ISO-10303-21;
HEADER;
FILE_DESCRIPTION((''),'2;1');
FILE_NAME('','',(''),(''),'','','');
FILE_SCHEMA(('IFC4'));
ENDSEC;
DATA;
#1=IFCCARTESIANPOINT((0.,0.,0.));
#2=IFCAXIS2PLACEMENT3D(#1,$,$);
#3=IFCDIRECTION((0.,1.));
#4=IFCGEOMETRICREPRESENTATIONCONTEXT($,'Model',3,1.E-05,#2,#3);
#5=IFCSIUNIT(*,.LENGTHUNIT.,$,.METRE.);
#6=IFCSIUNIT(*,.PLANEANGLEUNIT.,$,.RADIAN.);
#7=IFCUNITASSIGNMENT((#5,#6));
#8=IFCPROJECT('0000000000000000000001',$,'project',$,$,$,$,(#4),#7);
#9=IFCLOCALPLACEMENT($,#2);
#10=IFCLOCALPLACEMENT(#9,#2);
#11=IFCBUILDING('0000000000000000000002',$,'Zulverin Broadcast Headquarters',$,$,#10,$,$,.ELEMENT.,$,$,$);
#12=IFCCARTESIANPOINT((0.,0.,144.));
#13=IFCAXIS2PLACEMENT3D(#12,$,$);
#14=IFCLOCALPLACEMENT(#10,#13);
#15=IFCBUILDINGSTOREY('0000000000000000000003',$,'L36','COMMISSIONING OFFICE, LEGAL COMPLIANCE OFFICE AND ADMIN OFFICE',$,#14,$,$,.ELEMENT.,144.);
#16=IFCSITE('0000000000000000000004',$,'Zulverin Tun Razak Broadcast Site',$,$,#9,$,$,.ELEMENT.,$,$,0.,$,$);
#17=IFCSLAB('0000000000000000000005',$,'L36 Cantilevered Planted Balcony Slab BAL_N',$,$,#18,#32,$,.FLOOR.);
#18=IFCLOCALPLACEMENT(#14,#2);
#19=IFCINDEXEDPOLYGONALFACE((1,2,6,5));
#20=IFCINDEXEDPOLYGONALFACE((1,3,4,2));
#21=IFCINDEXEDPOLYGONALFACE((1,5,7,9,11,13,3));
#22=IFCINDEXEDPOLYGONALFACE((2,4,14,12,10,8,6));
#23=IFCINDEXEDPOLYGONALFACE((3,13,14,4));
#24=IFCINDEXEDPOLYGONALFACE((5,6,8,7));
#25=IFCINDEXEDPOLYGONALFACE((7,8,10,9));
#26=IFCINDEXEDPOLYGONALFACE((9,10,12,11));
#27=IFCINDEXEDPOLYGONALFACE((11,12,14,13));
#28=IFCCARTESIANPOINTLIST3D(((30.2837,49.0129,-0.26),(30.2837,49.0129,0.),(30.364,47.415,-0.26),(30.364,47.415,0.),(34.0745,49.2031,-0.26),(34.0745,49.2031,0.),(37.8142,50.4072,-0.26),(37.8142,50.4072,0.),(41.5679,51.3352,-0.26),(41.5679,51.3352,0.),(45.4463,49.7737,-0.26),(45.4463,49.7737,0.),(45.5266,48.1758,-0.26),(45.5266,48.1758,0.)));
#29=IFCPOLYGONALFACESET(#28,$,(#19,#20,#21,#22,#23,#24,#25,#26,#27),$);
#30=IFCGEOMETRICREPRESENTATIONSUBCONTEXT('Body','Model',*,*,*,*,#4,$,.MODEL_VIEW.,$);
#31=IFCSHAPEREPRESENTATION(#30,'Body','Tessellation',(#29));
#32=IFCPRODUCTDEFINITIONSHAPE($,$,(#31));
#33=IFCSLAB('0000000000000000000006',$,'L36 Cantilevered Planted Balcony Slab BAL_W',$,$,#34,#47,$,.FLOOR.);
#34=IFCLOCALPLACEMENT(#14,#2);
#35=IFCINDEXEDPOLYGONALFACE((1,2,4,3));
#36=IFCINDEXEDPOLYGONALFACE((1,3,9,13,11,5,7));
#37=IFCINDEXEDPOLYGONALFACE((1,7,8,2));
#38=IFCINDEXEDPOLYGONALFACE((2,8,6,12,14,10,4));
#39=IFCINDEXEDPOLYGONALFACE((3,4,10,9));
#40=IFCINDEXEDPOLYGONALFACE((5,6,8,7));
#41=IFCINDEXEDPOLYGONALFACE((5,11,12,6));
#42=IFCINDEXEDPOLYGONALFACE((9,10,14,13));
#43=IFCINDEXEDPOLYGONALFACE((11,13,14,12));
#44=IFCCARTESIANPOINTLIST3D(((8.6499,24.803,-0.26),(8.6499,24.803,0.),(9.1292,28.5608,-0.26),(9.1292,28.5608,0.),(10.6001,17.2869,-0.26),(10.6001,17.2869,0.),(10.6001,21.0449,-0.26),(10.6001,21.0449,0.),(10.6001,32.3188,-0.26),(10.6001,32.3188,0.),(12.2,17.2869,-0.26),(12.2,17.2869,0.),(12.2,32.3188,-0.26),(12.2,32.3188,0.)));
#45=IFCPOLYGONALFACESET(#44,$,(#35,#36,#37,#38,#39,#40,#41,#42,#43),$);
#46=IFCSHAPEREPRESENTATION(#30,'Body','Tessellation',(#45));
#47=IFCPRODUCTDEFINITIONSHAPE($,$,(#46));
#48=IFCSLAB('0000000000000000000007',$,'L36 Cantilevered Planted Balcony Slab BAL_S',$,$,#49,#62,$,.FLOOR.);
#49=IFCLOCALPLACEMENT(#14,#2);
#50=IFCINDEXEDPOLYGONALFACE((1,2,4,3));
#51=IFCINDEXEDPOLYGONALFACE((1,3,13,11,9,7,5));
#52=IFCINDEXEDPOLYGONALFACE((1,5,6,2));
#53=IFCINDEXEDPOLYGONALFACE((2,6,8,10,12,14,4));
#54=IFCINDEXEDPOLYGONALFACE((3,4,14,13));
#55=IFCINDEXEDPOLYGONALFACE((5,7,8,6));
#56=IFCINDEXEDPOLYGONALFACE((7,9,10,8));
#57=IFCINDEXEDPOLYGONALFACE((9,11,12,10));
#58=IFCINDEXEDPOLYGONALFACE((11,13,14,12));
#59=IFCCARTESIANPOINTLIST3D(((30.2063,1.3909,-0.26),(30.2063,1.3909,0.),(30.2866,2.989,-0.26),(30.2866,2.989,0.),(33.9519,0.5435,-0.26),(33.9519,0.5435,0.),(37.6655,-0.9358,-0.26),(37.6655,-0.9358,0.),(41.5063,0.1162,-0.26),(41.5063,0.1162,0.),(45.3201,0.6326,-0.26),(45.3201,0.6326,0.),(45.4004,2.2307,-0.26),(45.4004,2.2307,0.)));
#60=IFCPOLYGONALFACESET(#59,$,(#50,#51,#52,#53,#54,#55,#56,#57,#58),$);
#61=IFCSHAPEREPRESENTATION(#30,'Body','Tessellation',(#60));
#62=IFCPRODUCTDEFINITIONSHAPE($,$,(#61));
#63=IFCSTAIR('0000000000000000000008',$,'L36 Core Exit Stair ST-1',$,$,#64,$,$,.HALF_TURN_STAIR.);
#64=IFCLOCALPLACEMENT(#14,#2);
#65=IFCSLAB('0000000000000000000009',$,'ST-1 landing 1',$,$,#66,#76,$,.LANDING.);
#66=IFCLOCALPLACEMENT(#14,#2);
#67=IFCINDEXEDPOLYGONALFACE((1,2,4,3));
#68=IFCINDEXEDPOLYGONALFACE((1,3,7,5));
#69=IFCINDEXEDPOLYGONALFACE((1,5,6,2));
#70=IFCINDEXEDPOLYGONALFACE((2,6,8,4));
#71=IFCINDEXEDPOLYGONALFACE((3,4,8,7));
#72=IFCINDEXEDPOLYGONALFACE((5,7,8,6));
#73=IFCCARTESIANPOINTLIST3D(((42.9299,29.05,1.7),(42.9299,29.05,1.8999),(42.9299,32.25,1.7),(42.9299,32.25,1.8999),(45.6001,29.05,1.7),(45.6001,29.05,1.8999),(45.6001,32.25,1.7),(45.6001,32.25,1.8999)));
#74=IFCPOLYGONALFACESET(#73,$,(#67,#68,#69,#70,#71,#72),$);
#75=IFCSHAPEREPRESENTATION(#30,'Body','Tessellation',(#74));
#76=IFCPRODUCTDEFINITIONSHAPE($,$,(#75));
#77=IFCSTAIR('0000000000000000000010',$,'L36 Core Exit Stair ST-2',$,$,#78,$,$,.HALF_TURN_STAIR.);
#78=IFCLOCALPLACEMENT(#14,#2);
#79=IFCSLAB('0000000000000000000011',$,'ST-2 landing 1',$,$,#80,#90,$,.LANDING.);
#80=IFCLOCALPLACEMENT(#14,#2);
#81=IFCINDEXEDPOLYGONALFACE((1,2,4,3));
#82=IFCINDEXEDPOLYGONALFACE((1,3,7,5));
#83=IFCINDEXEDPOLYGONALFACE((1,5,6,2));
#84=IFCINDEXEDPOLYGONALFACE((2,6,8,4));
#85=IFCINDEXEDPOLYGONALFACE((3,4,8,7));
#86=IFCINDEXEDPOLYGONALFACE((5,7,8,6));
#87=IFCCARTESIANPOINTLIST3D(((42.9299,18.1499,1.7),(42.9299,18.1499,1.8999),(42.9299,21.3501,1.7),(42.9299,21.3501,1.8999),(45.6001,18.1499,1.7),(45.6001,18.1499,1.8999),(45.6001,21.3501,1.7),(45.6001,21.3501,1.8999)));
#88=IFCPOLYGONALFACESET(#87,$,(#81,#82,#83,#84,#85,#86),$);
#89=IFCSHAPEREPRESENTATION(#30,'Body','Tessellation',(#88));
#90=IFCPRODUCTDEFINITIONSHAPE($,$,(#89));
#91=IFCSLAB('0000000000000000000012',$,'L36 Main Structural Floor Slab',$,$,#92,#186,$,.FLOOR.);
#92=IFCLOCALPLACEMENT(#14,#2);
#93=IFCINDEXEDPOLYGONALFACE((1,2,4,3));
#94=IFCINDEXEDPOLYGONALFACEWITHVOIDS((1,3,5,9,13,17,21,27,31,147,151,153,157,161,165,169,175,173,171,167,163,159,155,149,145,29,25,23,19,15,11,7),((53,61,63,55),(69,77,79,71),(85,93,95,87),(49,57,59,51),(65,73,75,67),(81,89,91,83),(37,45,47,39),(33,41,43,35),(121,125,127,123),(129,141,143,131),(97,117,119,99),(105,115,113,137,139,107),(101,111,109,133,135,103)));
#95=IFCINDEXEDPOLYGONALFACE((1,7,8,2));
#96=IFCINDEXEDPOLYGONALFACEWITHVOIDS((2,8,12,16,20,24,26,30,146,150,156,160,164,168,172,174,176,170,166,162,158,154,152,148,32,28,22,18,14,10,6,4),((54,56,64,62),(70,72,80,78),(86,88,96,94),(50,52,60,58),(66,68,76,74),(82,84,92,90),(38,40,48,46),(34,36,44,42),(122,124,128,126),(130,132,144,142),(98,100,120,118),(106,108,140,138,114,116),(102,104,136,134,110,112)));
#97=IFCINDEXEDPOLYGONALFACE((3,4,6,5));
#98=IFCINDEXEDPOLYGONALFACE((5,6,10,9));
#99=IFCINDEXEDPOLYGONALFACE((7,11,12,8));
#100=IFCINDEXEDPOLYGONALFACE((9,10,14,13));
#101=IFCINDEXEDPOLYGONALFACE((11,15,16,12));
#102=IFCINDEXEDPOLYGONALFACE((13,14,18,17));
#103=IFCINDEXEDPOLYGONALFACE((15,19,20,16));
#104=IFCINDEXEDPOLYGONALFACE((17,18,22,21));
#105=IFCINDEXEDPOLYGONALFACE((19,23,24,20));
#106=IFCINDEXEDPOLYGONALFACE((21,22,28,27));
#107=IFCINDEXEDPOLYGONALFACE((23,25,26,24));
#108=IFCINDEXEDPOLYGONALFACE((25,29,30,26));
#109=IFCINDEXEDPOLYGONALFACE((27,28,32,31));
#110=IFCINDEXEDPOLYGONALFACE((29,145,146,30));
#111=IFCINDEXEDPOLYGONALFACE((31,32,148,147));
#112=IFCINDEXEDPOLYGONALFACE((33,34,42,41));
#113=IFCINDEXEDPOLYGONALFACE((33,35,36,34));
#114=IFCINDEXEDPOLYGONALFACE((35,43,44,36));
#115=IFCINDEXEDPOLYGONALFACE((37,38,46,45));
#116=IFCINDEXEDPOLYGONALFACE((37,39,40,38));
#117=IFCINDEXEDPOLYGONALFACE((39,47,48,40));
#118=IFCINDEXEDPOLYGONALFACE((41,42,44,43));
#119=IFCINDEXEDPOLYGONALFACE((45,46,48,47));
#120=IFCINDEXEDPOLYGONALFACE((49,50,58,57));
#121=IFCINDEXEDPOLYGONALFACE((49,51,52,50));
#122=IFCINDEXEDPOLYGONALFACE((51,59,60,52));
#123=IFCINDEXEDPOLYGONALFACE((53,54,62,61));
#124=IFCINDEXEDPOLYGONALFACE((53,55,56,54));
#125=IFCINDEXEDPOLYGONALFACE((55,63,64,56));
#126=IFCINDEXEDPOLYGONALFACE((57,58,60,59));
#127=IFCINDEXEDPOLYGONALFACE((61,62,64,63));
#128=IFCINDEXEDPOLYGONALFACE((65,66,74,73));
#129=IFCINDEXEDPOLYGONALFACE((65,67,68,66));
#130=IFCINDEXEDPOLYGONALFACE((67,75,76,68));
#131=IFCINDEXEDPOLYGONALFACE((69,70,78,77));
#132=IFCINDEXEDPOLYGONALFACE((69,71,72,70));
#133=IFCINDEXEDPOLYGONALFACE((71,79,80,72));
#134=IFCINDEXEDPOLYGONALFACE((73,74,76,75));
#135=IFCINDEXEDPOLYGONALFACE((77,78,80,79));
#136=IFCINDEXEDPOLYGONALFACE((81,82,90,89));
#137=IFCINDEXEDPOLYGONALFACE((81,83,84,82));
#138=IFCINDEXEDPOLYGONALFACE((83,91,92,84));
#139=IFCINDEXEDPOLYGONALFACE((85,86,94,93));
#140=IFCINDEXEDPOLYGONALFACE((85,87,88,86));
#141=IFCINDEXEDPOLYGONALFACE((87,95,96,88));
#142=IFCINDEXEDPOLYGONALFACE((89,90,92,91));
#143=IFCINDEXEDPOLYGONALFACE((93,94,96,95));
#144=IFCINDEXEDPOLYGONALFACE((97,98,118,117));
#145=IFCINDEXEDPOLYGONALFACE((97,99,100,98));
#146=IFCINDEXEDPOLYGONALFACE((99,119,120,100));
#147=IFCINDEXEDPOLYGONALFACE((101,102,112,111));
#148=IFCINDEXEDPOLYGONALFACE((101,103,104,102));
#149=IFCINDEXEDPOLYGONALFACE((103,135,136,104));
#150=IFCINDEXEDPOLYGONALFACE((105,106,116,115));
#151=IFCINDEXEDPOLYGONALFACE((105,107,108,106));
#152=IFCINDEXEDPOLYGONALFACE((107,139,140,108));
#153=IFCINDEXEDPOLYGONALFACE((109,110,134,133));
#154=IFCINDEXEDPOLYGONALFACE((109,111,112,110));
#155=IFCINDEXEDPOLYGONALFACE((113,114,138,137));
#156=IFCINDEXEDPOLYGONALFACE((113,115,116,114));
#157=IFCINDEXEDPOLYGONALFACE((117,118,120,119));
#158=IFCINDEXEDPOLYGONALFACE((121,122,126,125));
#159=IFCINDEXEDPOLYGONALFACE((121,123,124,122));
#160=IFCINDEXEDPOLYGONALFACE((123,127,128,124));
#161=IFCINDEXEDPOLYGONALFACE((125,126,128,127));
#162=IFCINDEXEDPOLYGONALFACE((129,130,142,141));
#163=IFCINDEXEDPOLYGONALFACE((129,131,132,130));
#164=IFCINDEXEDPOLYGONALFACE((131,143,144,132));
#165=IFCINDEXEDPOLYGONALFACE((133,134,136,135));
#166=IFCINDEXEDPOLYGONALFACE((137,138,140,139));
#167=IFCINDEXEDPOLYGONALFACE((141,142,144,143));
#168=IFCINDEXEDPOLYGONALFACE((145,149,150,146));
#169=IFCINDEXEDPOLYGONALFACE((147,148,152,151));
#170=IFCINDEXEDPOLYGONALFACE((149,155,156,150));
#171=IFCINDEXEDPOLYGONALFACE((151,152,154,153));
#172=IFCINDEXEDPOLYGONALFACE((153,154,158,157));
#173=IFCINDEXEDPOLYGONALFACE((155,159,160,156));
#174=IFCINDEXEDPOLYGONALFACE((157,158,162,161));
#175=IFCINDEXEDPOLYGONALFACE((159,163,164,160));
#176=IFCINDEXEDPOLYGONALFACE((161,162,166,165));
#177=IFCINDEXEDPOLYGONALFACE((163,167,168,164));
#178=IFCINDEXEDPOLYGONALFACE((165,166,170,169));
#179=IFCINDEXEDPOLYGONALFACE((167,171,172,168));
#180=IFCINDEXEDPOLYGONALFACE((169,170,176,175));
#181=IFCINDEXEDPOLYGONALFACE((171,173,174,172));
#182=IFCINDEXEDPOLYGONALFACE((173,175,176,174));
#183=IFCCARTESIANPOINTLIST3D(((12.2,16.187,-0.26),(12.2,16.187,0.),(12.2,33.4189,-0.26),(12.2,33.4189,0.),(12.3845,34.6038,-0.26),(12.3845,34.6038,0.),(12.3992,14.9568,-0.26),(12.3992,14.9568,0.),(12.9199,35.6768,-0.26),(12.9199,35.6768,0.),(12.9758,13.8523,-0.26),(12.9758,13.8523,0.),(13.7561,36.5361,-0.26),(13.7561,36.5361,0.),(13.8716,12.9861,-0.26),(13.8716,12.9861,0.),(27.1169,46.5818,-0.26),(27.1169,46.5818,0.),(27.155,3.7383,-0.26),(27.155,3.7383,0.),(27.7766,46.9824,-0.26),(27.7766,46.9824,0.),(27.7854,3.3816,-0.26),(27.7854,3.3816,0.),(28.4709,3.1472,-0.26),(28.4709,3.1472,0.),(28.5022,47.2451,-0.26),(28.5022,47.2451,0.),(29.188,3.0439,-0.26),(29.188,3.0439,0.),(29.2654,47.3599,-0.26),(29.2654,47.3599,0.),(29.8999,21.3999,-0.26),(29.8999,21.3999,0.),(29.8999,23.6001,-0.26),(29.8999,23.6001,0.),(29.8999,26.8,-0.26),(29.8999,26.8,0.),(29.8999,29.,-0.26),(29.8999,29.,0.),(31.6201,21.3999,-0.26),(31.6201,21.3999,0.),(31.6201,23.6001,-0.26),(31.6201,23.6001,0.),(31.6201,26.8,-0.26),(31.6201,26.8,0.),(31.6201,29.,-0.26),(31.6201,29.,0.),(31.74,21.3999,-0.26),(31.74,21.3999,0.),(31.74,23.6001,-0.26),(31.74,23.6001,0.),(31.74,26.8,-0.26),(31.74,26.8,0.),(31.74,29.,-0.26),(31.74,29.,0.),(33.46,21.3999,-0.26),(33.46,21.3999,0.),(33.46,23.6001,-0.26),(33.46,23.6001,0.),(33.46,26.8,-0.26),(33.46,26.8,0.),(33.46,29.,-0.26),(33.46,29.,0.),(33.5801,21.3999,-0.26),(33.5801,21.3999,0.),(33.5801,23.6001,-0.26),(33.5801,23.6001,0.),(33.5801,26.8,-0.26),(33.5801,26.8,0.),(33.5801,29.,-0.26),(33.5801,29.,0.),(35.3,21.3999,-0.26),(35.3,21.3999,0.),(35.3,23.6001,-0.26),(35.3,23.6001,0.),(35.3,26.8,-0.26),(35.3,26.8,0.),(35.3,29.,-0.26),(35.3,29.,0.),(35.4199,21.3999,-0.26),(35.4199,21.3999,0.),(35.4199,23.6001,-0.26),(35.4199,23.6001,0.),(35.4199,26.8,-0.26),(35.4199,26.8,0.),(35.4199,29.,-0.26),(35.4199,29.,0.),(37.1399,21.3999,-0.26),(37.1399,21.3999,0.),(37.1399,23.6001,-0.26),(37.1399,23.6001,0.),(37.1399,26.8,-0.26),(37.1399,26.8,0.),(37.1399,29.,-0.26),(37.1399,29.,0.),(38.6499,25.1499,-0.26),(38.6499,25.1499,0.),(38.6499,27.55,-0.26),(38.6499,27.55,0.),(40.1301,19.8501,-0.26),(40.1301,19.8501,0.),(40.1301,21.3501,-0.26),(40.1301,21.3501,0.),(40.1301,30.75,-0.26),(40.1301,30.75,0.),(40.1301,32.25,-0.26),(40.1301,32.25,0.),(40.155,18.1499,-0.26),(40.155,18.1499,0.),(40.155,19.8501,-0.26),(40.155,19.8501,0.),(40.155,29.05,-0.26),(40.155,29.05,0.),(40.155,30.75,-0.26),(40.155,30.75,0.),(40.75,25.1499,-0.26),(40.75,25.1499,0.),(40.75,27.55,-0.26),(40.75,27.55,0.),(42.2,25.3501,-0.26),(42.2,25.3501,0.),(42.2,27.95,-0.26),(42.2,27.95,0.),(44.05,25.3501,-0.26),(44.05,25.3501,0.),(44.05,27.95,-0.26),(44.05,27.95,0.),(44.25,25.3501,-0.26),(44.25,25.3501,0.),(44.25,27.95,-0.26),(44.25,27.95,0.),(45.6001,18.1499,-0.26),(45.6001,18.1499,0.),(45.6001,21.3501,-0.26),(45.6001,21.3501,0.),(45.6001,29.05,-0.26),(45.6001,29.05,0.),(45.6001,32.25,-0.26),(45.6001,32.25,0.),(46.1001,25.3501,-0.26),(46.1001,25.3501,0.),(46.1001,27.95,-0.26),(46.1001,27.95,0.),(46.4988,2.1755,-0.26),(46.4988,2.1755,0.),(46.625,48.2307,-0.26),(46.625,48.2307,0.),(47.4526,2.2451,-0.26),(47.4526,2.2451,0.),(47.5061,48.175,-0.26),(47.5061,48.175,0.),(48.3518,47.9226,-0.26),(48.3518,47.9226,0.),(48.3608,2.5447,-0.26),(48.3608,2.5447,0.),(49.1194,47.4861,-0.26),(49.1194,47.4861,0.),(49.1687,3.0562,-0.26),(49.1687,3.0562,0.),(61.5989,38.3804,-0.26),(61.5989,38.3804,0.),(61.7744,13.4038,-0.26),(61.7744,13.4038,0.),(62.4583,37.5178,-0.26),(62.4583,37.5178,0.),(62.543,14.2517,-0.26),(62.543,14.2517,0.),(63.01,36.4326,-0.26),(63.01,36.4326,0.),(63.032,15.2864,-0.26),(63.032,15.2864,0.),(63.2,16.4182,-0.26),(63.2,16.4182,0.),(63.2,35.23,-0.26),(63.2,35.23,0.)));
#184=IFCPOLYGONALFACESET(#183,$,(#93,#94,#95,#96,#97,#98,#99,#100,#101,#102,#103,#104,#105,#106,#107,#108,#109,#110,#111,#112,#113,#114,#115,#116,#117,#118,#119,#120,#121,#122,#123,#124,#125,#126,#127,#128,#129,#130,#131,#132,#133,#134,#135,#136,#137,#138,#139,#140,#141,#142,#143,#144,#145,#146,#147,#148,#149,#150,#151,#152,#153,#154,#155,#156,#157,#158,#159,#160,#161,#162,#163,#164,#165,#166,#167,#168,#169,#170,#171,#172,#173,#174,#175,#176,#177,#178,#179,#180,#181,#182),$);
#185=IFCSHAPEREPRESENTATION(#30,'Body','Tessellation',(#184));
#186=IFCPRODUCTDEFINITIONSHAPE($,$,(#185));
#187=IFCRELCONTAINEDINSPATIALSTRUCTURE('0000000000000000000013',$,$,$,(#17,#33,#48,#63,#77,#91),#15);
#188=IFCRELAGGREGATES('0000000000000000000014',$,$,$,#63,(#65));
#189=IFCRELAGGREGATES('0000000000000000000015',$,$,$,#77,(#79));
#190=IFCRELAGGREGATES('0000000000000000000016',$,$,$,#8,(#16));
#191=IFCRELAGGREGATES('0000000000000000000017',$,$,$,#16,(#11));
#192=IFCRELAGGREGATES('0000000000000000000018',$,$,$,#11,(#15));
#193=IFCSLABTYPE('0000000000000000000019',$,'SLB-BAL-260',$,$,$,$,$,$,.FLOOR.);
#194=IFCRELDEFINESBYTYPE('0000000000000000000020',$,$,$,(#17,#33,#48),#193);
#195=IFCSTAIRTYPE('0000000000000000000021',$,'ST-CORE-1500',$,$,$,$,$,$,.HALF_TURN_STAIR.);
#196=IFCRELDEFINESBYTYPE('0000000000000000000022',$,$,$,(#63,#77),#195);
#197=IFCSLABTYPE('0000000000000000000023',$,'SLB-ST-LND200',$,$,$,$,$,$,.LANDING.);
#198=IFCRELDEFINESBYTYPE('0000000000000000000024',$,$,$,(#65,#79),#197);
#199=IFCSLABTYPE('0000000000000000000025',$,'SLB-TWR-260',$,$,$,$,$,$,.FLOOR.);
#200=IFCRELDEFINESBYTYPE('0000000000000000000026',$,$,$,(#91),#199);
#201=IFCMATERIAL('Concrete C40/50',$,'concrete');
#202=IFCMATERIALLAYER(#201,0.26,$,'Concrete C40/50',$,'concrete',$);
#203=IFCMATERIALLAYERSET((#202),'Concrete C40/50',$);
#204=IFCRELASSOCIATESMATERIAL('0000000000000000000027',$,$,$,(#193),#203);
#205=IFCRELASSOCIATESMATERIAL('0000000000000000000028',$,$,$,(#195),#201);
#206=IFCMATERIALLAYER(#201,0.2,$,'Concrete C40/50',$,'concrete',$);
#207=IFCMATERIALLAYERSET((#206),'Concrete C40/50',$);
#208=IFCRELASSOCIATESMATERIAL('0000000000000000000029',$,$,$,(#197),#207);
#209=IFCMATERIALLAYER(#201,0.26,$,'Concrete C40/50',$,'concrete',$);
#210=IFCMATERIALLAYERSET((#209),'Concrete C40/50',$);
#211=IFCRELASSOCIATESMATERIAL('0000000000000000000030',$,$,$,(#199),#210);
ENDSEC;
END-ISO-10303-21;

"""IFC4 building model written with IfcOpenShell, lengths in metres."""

from ifc_helpers import new_model, si_unit, direction, frame, origin, place, context, subcontext, project, spatial, polyline, outline, extrude, material, layer, layer_set, type_object, element, aggregate, save


model = new_model("IFC4")

# Units and contexts
model_context = context("Model", 3, precision=1e-05, world=origin(), true_north=direction((0.0, 1.0)))
body_context = subcontext(model_context, "Body", "Model", "MODEL_VIEW")
ifc_project = project(units=[si_unit("LENGTHUNIT", "METRE"), si_unit("PLANEANGLEUNIT", "RADIAN")], contexts=[model_context])

# Site, building, storey
site_placement = place(None, origin())
site = spatial("IfcSite", under=ifc_project, at=site_placement, Name="Zulverin Tun Razak Broadcast Site", CompositionType="ELEMENT", RefElevation=0.0)
building_placement = place(site_placement, origin())
building = spatial("IfcBuilding", under=site, at=building_placement, Name="Zulverin Broadcast Headquarters", CompositionType="ELEMENT")
storey_placement = place(building_placement, frame((0.0, 0.0, 144.0)))
storey = spatial("IfcBuildingStorey", under=building, at=storey_placement, Name="L36", Description="COMMISSIONING OFFICE, LEGAL COMPLIANCE OFFICE AND ADMIN OFFICE", CompositionType="ELEMENT", Elevation=144.0)

# Slabs
ifc_material_1 = material(Name="Concrete C40/50", Category="concrete")
ifc_layer_1 = layer(ifc_material_1, 0.26, Name="Concrete C40/50", Category="concrete")
ifc_layer_set_1 = layer_set([ifc_layer_1], Name="Concrete C40/50")
slab_type_1 = type_object("IfcSlabType", Name="SLB-BAL-260", PredefinedType="FLOOR", material=ifc_layer_set_1)
slab_1_placement = place(storey_placement, frame((0.0, 0.0, -0.26)))
element("IfcSlab", 1, at=slab_1_placement, inside=storey, type_object=slab_type_1, Name="L36 Cantilevered Planted Balcony Slab BAL_N", PredefinedType="FLOOR", context=body_context, shape_type="SweptSolid", body=[
    extrude(outline(polyline([(30.364, 47.415), (45.5266, 48.1758), (45.4463, 49.7737), (41.5679, 51.3352), (37.8142, 50.4072), (34.0745, 49.2031), (30.2837, 49.0129), (30.364, 47.415)])), origin(), (0.0, 0.0, 1.0), 0.26),
])
slab_2_placement = place(storey_placement, frame((0.0, 0.0, -0.26)))
element("IfcSlab", 2, at=slab_2_placement, inside=storey, type_object=slab_type_1, Name="L36 Cantilevered Planted Balcony Slab BAL_W", PredefinedType="FLOOR", context=body_context, shape_type="SweptSolid", body=[
    extrude(outline(polyline([(12.2, 17.2869), (12.2, 32.3188), (10.6001, 32.3188), (9.1292, 28.5608), (8.6499, 24.803), (10.6001, 21.0449), (10.6001, 17.2869), (12.2, 17.2869)])), origin(), (0.0, 0.0, 1.0), 0.26),
])
slab_3_placement = place(storey_placement, frame((0.0, 0.0, -0.26)))
element("IfcSlab", 3, at=slab_3_placement, inside=storey, type_object=slab_type_1, Name="L36 Cantilevered Planted Balcony Slab BAL_S", PredefinedType="FLOOR", context=body_context, shape_type="SweptSolid", body=[
    extrude(outline(polyline([(45.4004, 2.2307), (30.2866, 2.989), (30.2063, 1.3909), (33.9519, 0.5435), (37.6655, -0.9358), (41.5063, 0.1162), (45.3201, 0.6326), (45.4004, 2.2307)])), origin(), (0.0, 0.0, 1.0), 0.26),
])

# Stairs, slabs
stair_type = type_object("IfcStairType", Name="ST-CORE-1500", PredefinedType="HALF_TURN_STAIR", material=ifc_material_1)
stair_1_placement = place(storey_placement, origin())
stair_1 = element("IfcStair", 4, at=stair_1_placement, inside=storey, type_object=stair_type, Name="L36 Core Exit Stair ST-1", PredefinedType="HALF_TURN_STAIR")
ifc_layer_2 = layer(ifc_material_1, 0.2, Name="Concrete C40/50", Category="concrete")
ifc_layer_set_2 = layer_set([ifc_layer_2], Name="Concrete C40/50")
slab_type_2 = type_object("IfcSlabType", Name="SLB-ST-LND200", PredefinedType="LANDING", material=ifc_layer_set_2)
slab_4_placement = place(storey_placement, frame((0.0, 0.0, 1.7)))
slab_4 = element("IfcSlab", 5, at=slab_4_placement, type_object=slab_type_2, Name="ST-1 landing 1", PredefinedType="LANDING", context=body_context, shape_type="SweptSolid", body=[
    extrude(outline(polyline([(42.9299, 29.05), (45.6001, 29.05), (45.6001, 32.25), (42.9299, 32.25), (42.9299, 29.05)])), origin(), (0.0, 0.0, 1.0), 0.2),
])
aggregate(stair_1, [slab_4])
stair_2_placement = place(storey_placement, origin())
stair_2 = element("IfcStair", 6, at=stair_2_placement, inside=storey, type_object=stair_type, Name="L36 Core Exit Stair ST-2", PredefinedType="HALF_TURN_STAIR")
slab_5_placement = place(storey_placement, frame((0.0, 0.0, 1.7)))
slab_5 = element("IfcSlab", 7, at=slab_5_placement, type_object=slab_type_2, Name="ST-2 landing 1", PredefinedType="LANDING", context=body_context, shape_type="SweptSolid", body=[
    extrude(outline(polyline([(42.9299, 18.1499), (45.6001, 18.1499), (45.6001, 21.3501), (42.9299, 21.3501), (42.9299, 18.1499)])), origin(), (0.0, 0.0, 1.0), 0.2),
])
aggregate(stair_2, [slab_5])

# Slab
ifc_layer_3 = layer(ifc_material_1, 0.26, Name="Concrete C40/50", Category="concrete")
ifc_layer_set_3 = layer_set([ifc_layer_3], Name="Concrete C40/50")
slab_type_3 = type_object("IfcSlabType", Name="SLB-TWR-260", PredefinedType="FLOOR", material=ifc_layer_set_3)
slab_6_placement = place(storey_placement, frame((0.0, 0.0, -0.26)))
element("IfcSlab", 8, at=slab_6_placement, inside=storey, type_object=slab_type_3, Name="L36 Main Structural Floor Slab", PredefinedType="FLOOR", context=body_context, shape_type="SweptSolid", body=[
    extrude(outline(polyline([(27.155, 3.7383), (27.7854, 3.3816), (28.4709, 3.1472), (29.188, 3.0439), (46.4988, 2.1755), (47.4526, 2.2451), (48.3608, 2.5447), (49.1687, 3.0562), (61.7744, 13.4038), (62.543, 14.2517), (63.032, 15.2864), (63.2, 16.4182), (63.2, 35.23), (63.01, 36.4326), (62.4583, 37.5178), (61.5989, 38.3804), (49.1194, 47.4861), (48.3518, 47.9226), (47.5061, 48.175), (46.625, 48.2307), (29.2654, 47.3599), (28.5022, 47.2451), (27.7766, 46.9824), (27.1169, 46.5818), (13.7561, 36.5361), (12.9199, 35.6768), (12.3845, 34.6038), (12.2, 33.4189), (12.2, 16.187), (12.3992, 14.9568), (12.9758, 13.8523), (13.8716, 12.9861), (27.155, 3.7383)]), holes=[polyline([(40.155, 30.75), (40.1301, 30.75), (40.1301, 32.25), (45.6001, 32.25), (45.6001, 29.05), (40.155, 29.05), (40.155, 30.75)]), polyline([(40.155, 19.8501), (40.1301, 19.8501), (40.1301, 21.3501), (45.6001, 21.3501), (45.6001, 18.1499), (40.155, 18.1499), (40.155, 19.8501)]), polyline([(29.8999, 21.3999), (31.6201, 21.3999), (31.6201, 23.6001), (29.8999, 23.6001), (29.8999, 21.3999)]), polyline([(31.74, 21.3999), (33.46, 21.3999), (33.46, 23.6001), (31.74, 23.6001), (31.74, 21.3999)]), polyline([(33.5801, 21.3999), (35.3, 21.3999), (35.3, 23.6001), (33.5801, 23.6001), (33.5801, 21.3999)]), polyline([(35.4199, 21.3999), (37.1399, 21.3999), (37.1399, 23.6001), (35.4199, 23.6001), (35.4199, 21.3999)]), polyline([(29.8999, 26.8), (31.6201, 26.8), (31.6201, 29.0), (29.8999, 29.0), (29.8999, 26.8)]), polyline([(31.74, 26.8), (33.46, 26.8), (33.46, 29.0), (31.74, 29.0), (31.74, 26.8)]), polyline([(33.5801, 26.8), (35.3, 26.8), (35.3, 29.0), (33.5801, 29.0), (33.5801, 26.8)]), polyline([(35.4199, 26.8), (37.1399, 26.8), (37.1399, 29.0), (35.4199, 29.0), (35.4199, 26.8)]), polyline([(42.2, 25.3501), (44.05, 25.3501), (44.05, 27.95), (42.2, 27.95), (42.2, 25.3501)]), polyline([(44.25, 25.3501), (46.1001, 25.3501), (46.1001, 27.95), (44.25, 27.95), (44.25, 25.3501)]), polyline([(38.6499, 25.1499), (40.75, 25.1499), (40.75, 27.55), (38.6499, 27.55), (38.6499, 25.1499)])]), origin(), (0.0, 0.0, 1.0), 0.26),
])

save(model, "model.ifc")
